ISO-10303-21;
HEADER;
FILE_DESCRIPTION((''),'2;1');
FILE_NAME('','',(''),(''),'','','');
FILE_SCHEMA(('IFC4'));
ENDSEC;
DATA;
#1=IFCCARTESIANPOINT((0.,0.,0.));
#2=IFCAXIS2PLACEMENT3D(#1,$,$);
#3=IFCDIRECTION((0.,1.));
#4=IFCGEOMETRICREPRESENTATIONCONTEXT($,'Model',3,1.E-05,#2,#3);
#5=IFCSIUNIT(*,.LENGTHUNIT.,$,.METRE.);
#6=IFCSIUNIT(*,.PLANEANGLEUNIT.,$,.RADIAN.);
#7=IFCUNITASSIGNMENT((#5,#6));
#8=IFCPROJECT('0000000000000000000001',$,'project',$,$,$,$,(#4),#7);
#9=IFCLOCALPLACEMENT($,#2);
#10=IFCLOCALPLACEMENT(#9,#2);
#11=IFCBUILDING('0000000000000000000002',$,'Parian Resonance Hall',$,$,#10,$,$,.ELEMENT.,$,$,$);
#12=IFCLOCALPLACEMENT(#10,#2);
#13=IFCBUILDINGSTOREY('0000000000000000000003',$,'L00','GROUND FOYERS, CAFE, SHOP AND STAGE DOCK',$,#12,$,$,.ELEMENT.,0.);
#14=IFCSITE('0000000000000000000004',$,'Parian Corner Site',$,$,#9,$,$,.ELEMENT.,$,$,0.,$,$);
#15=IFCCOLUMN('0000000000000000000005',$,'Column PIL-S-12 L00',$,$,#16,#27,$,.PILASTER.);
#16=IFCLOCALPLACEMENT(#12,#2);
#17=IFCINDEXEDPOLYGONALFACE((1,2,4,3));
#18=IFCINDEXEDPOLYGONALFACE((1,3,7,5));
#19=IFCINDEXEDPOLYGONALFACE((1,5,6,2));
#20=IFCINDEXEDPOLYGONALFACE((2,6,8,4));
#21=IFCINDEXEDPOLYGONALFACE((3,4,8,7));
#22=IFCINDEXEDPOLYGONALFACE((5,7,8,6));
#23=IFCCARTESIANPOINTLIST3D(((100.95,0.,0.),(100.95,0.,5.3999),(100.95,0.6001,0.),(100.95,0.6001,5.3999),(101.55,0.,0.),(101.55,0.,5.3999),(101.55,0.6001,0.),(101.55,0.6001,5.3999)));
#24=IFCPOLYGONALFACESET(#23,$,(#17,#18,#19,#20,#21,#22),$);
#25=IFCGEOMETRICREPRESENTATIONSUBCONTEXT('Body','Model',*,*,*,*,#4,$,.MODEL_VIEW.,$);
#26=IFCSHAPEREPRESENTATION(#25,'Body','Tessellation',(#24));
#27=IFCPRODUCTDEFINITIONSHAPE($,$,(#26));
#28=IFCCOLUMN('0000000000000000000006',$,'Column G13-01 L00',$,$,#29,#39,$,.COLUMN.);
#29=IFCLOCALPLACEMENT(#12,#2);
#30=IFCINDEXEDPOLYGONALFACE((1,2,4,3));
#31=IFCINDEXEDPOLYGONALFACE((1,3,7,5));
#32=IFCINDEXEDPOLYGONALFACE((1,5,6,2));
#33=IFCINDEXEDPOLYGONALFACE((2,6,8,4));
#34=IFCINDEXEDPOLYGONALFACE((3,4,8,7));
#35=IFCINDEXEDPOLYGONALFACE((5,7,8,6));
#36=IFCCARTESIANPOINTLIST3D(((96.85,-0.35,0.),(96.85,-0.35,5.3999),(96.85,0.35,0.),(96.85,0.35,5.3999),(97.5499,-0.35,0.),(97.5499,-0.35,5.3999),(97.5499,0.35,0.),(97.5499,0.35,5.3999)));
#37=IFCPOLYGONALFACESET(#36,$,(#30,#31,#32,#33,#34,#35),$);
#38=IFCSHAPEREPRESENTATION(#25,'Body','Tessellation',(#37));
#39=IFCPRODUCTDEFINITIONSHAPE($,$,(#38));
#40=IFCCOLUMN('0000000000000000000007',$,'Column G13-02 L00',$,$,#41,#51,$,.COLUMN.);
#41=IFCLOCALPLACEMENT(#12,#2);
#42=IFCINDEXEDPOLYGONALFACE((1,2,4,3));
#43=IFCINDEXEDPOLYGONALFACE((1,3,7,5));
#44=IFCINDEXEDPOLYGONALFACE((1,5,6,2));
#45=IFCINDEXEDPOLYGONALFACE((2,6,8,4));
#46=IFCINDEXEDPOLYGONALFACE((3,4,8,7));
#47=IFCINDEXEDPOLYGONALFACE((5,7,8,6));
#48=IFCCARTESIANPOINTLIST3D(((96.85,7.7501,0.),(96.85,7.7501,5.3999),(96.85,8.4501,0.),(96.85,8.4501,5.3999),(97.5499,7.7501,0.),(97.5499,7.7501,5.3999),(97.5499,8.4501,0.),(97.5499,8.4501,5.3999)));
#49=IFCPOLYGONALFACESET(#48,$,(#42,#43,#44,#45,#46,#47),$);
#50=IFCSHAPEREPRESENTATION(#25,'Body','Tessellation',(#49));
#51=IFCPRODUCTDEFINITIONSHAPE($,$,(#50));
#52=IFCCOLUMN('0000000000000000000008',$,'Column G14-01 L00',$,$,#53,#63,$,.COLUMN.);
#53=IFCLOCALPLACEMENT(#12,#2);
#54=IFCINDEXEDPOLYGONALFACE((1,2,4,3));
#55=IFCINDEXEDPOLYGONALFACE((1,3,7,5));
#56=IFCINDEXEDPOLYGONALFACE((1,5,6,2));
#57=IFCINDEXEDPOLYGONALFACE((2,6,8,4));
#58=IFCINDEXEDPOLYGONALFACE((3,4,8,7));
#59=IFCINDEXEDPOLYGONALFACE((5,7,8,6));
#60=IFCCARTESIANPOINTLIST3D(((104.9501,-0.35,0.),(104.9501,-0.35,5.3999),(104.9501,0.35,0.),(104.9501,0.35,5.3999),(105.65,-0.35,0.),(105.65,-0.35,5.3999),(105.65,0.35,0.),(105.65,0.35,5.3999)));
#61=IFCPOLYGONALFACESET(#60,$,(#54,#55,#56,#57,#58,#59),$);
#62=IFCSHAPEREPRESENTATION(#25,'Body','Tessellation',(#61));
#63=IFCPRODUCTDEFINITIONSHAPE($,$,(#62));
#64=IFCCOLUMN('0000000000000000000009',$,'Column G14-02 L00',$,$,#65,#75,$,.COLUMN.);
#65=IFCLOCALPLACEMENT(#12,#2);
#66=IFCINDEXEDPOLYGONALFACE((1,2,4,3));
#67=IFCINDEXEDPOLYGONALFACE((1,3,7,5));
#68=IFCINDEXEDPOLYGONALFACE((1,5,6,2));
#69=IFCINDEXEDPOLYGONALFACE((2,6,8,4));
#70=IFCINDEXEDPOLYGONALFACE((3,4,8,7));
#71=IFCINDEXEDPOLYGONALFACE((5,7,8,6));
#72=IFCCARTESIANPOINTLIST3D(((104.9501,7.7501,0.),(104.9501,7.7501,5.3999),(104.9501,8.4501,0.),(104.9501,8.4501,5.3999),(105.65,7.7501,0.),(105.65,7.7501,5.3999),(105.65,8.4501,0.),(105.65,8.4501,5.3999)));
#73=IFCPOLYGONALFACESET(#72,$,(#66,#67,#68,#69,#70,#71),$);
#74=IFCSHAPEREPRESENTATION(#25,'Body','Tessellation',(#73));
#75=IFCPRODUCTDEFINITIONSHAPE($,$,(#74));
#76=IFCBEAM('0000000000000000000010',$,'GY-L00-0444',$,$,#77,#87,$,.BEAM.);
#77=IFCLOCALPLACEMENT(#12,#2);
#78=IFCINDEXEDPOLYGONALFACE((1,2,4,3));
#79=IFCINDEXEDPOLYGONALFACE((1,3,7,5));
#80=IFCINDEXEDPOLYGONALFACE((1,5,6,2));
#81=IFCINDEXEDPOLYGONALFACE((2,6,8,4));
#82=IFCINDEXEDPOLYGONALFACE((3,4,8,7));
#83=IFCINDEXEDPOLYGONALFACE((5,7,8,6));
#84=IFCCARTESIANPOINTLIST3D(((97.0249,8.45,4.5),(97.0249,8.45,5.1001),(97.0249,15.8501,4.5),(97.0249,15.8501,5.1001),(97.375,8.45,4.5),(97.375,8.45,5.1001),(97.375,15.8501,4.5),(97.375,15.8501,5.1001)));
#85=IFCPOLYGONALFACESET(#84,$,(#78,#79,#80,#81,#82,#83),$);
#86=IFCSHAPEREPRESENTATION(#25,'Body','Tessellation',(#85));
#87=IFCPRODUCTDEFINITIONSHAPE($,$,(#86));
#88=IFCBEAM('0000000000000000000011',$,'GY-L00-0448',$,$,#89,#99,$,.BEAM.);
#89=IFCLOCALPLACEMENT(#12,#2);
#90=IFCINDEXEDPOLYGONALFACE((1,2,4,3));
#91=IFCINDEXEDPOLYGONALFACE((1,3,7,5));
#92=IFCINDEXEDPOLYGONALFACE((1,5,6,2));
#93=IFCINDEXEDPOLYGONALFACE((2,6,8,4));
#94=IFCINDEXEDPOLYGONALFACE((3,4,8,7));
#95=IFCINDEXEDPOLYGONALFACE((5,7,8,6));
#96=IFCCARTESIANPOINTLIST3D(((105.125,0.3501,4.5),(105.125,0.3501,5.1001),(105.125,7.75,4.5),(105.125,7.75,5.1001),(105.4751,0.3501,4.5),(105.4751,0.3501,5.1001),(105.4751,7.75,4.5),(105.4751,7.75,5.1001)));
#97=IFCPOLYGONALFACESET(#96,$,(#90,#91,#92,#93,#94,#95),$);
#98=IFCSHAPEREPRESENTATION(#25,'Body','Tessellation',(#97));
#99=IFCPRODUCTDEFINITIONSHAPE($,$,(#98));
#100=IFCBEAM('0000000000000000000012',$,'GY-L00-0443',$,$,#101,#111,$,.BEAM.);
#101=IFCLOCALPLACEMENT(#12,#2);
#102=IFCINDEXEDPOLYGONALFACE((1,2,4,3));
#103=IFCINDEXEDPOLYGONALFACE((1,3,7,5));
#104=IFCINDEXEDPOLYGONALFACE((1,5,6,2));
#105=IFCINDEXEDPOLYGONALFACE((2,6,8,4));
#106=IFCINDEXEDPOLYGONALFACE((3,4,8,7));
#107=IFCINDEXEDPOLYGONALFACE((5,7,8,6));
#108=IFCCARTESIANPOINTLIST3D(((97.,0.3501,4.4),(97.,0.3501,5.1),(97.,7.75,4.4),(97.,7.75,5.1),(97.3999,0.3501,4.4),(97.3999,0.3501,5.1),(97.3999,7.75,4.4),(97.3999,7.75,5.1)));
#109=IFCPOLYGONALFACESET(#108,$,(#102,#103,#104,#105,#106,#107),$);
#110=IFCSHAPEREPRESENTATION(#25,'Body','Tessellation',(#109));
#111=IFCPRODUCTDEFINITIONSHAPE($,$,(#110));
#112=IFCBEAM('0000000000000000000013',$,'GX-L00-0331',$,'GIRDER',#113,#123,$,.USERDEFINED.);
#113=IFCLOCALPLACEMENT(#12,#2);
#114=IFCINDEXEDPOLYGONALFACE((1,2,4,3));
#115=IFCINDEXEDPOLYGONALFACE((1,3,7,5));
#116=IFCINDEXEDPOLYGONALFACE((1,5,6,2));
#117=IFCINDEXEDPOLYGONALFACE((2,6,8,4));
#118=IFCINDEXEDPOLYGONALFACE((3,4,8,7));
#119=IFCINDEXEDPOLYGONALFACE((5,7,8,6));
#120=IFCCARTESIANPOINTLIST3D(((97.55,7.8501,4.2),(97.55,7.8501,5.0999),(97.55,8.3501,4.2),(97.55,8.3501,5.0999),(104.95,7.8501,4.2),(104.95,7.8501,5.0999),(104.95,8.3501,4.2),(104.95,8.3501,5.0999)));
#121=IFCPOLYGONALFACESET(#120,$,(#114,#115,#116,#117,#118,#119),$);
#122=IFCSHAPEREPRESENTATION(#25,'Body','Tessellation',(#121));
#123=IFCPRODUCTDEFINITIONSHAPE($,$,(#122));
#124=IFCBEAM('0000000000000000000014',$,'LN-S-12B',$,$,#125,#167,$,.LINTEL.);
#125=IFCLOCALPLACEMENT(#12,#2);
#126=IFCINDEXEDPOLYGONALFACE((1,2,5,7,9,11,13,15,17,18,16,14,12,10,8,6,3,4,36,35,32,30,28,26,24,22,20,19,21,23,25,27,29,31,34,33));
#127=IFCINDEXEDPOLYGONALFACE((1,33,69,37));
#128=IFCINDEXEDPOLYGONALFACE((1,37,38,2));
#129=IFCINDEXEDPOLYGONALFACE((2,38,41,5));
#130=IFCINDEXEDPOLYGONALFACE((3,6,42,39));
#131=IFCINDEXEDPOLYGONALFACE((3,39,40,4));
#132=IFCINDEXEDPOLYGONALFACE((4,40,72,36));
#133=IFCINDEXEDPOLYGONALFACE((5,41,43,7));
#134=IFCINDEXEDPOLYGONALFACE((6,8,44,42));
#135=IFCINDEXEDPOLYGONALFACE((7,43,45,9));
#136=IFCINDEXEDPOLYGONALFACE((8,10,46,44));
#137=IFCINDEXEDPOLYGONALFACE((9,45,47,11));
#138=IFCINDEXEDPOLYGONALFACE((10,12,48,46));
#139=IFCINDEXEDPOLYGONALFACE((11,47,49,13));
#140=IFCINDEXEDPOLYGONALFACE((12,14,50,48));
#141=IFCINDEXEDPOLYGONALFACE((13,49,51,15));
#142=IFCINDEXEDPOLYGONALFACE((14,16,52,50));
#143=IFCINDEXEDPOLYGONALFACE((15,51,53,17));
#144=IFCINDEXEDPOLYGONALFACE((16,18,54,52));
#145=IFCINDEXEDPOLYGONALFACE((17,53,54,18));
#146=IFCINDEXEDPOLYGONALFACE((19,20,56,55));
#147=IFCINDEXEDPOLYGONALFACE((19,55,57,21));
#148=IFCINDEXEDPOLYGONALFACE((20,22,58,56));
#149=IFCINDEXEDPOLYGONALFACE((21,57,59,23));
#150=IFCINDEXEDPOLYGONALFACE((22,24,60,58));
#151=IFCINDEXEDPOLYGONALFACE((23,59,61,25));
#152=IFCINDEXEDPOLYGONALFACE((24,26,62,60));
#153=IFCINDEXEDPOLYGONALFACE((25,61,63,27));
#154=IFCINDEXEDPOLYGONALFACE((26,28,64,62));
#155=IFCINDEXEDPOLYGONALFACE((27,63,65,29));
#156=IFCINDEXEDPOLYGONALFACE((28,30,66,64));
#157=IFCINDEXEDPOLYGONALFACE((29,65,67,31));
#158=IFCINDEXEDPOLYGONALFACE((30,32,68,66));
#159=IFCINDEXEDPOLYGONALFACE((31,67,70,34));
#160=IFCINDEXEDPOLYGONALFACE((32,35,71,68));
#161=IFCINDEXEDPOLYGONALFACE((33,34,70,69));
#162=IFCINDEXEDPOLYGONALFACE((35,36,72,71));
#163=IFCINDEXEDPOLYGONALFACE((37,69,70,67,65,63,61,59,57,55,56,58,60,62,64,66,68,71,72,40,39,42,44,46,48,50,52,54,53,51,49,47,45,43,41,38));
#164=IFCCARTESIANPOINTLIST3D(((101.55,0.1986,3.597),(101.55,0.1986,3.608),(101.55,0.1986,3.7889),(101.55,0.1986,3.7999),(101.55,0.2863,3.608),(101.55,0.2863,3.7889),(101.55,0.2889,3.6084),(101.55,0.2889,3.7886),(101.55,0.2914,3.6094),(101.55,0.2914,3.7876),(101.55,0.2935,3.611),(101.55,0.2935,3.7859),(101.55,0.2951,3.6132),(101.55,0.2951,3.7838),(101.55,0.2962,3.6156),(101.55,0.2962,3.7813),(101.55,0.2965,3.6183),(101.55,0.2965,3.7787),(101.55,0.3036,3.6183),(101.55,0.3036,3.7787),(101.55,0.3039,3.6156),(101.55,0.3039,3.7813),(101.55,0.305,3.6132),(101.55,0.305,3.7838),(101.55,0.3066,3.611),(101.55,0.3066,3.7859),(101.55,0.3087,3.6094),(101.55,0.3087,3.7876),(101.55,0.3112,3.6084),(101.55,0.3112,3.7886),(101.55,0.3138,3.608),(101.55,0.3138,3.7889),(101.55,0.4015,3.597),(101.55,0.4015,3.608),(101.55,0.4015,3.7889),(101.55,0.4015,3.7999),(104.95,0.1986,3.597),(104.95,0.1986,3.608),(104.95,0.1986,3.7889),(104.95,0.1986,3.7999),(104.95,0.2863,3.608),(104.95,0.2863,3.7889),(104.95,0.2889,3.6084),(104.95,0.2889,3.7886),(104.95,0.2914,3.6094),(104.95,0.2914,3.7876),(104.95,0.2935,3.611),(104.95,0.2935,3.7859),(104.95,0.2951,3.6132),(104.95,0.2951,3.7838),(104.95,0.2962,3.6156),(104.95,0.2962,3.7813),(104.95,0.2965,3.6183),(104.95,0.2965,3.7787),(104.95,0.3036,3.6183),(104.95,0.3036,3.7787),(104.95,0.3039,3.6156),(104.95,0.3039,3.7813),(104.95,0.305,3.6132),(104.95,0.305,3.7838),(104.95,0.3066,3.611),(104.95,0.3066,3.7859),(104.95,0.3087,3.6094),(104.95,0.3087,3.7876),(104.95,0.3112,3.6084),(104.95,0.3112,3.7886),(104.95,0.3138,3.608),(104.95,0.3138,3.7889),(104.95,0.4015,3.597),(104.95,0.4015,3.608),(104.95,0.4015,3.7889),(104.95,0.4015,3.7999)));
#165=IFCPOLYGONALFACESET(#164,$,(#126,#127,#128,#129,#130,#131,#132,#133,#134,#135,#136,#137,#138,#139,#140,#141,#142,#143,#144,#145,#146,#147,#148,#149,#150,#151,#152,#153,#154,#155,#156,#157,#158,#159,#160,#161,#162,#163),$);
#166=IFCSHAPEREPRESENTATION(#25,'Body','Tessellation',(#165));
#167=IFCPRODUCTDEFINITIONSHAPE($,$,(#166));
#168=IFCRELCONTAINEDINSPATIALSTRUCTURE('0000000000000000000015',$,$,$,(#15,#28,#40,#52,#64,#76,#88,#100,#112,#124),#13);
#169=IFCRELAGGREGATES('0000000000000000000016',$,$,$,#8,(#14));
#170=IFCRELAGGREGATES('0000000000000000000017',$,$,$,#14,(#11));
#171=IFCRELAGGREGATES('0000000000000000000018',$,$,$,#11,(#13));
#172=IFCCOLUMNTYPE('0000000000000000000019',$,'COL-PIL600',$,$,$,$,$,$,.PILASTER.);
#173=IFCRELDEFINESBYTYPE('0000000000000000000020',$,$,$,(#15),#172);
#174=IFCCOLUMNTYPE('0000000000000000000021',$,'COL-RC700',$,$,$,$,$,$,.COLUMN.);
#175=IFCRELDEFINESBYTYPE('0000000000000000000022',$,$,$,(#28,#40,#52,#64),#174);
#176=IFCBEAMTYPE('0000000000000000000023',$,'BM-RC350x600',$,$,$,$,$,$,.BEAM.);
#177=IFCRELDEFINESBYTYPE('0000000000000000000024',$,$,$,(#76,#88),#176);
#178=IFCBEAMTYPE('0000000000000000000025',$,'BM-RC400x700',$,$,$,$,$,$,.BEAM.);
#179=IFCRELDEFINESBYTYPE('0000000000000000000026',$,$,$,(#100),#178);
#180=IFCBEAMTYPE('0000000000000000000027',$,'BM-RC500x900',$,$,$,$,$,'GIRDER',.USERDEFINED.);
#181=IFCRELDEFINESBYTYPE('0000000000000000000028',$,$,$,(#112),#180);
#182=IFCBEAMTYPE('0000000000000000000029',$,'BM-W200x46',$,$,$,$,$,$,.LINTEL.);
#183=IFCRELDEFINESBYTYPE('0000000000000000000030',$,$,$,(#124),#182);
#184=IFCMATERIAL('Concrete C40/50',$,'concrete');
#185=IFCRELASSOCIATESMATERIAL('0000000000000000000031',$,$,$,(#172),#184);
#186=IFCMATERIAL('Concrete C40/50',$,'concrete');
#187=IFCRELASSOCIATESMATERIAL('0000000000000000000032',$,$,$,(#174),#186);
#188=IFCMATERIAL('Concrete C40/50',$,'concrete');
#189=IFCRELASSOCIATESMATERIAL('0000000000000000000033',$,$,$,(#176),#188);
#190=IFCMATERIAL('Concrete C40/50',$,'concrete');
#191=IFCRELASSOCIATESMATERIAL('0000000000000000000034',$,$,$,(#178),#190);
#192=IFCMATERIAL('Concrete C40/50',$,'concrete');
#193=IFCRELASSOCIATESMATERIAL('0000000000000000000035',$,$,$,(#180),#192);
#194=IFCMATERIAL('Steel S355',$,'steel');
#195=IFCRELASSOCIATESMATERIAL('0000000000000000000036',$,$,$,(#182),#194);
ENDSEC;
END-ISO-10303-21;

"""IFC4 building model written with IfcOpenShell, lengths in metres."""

from ifc_helpers import new_model, si_unit, direction, frame, origin, origin_2d, place, context, subcontext, project, spatial, rectangle, i_section, extrude, material, material_profile, profile_set, type_object, element, save


model = new_model("IFC4")

# Units and contexts
model_context = context("Model", 3, precision=1e-05, world=origin(), true_north=direction((0.0, 1.0)))
body_context = subcontext(model_context, "Body", "Model", "MODEL_VIEW")
ifc_project = project(units=[si_unit("LENGTHUNIT", "METRE"), si_unit("PLANEANGLEUNIT", "RADIAN")], contexts=[model_context])

# Site, building, storey
site_placement = place(None, origin())
site = spatial("IfcSite", under=ifc_project, at=site_placement, Name="Parian Corner Site", CompositionType="ELEMENT", RefElevation=0.0)
building_placement = place(site_placement, origin())
building = spatial("IfcBuilding", under=site, at=building_placement, Name="Parian Resonance Hall", CompositionType="ELEMENT")
storey_placement = place(building_placement, origin())
storey = spatial("IfcBuildingStorey", under=building, at=storey_placement, Name="L00", Description="GROUND FOYERS, CAFE, SHOP AND STAGE DOCK", CompositionType="ELEMENT", Elevation=0.0)

# Columns
ifc_material_1 = material(Name="Concrete C40/50", Category="concrete")
ifc_material_profile_1 = material_profile(ifc_material_1, rectangle(XDim=0.6001, YDim=0.6001, at=origin_2d()), Name="RC-COL-600x600")
ifc_profile_set_1 = profile_set([ifc_material_profile_1], Name="Concrete C40/50")
column_type_1 = type_object("IfcColumnType", Name="COL-PIL600", PredefinedType="PILASTER", material=ifc_profile_set_1)
column_placement = place(storey_placement, frame((101.25, 0.3, 0.0), z_axis=(0.0, 0.0, 1.0), x_axis=(1.0, 0.0, 0.0)))
element("IfcColumn", 1, at=column_placement, inside=storey, type_object=column_type_1, Name="Column PIL-S-12 L00", PredefinedType="PILASTER", context=body_context, shape_type="SweptSolid", body=[
    extrude(rectangle(XDim=0.6001, YDim=0.6001, at=origin_2d()), origin(), (0.0, 0.0, 1.0), 5.3999),
])
ifc_material_2 = material(Name="Concrete C40/50", Category="concrete")
ifc_material_profile_2 = material_profile(ifc_material_2, rectangle(XDim=0.7, YDim=0.7, at=origin_2d()), Name="RC-COL-700x700")
ifc_profile_set_2 = profile_set([ifc_material_profile_2], Name="Concrete C40/50")
column_type_2 = type_object("IfcColumnType", Name="COL-RC700", PredefinedType="COLUMN", material=ifc_profile_set_2)
for number, where, z_axis, x_axis, name in (
    (2, (97.2, 0.0, 0.0), (0.0, 0.0, 1.0), (1.0, 0.0, 0.0), "Column G13-01 L00"),
    (3, (97.2, 8.1001, 0.0), (0.0, 0.0, 1.0), (1.0, 0.0, 0.0), "Column G13-02 L00"),
    (4, (105.3, 0.0, 0.0), (0.0, 0.0, 1.0), (1.0, 0.0, 0.0), "Column G14-01 L00"),
    (5, (105.3, 8.1001, 0.0), (0.0, 0.0, 1.0), (1.0, 0.0, 0.0), "Column G14-02 L00"),
):
    element("IfcColumn", number, at=place(storey_placement, frame(where, z_axis=z_axis, x_axis=x_axis)), inside=storey, type_object=column_type_2, Name=name, PredefinedType="COLUMN", context=body_context, shape_type="SweptSolid", body=[
        extrude(rectangle(XDim=0.7, YDim=0.7, at=origin_2d()), origin(), (0.0, 0.0, 1.0), 5.3999),
    ])

# Beams
ifc_material_3 = material(Name="Concrete C40/50", Category="concrete")
ifc_material_profile_3 = material_profile(ifc_material_3, rectangle(XDim=0.3501, YDim=0.6001, at=origin_2d()), Name="RC-BM-350x600")
ifc_profile_set_3 = profile_set([ifc_material_profile_3], Name="Concrete C40/50")
beam_type_1 = type_object("IfcBeamType", Name="BM-RC350x600", PredefinedType="BEAM", material=ifc_profile_set_3)
beam_1_placement = place(storey_placement, frame((97.2, 8.45, 4.8), z_axis=(0.0, 1.0, 0.0), x_axis=(-1.0, 0.0, 0.0)))
element("IfcBeam", 6, at=beam_1_placement, inside=storey, type_object=beam_type_1, Name="GY-L00-0444", PredefinedType="BEAM", context=body_context, shape_type="SweptSolid", body=[
    extrude(rectangle(XDim=0.3501, YDim=0.6001, at=origin_2d()), origin(), (0.0, 0.0, 1.0), 7.4001),
])
beam_2_placement = place(storey_placement, frame((105.3, 0.3501, 4.8), z_axis=(0.0, 1.0, 0.0), x_axis=(-1.0, 0.0, 0.0)))
element("IfcBeam", 7, at=beam_2_placement, inside=storey, type_object=beam_type_1, Name="GY-L00-0448", PredefinedType="BEAM", context=body_context, shape_type="SweptSolid", body=[
    extrude(rectangle(XDim=0.3501, YDim=0.6001, at=origin_2d()), origin(), (0.0, 0.0, 1.0), 7.3999),
])
ifc_material_4 = material(Name="Concrete C40/50", Category="concrete")
ifc_material_profile_4 = material_profile(ifc_material_4, rectangle(XDim=0.3999, YDim=0.7, at=origin_2d()), Name="RC-BM-400x700")
ifc_profile_set_4 = profile_set([ifc_material_profile_4], Name="Concrete C40/50")
beam_type_2 = type_object("IfcBeamType", Name="BM-RC400x700", PredefinedType="BEAM", material=ifc_profile_set_4)
beam_3_placement = place(storey_placement, frame((97.2, 0.3501, 4.75), z_axis=(0.0, 1.0, 0.0), x_axis=(-1.0, 0.0, 0.0)))
element("IfcBeam", 8, at=beam_3_placement, inside=storey, type_object=beam_type_2, Name="GY-L00-0443", PredefinedType="BEAM", context=body_context, shape_type="SweptSolid", body=[
    extrude(rectangle(XDim=0.3999, YDim=0.7, at=origin_2d()), origin(), (0.0, 0.0, 1.0), 7.3999),
])
ifc_material_5 = material(Name="Concrete C40/50", Category="concrete")
ifc_material_profile_5 = material_profile(ifc_material_5, rectangle(XDim=0.5, YDim=0.8999, at=origin_2d()), Name="RC-BM-500x900")
ifc_profile_set_5 = profile_set([ifc_material_profile_5], Name="Concrete C40/50")
beam_type_3 = type_object("IfcBeamType", Name="BM-RC500x900", ElementType="GIRDER", PredefinedType="USERDEFINED", material=ifc_profile_set_5)
beam_4_placement = place(storey_placement, frame((97.55, 8.1001, 4.6499), z_axis=(1.0, 0.0, 0.0), x_axis=(0.0, 1.0, 0.0)))
element("IfcBeam", 9, at=beam_4_placement, inside=storey, type_object=beam_type_3, Name="GX-L00-0331", ObjectType="GIRDER", PredefinedType="USERDEFINED", context=body_context, shape_type="SweptSolid", body=[
    extrude(rectangle(XDim=0.5, YDim=0.8999, at=origin_2d()), origin(), (0.0, 0.0, 1.0), 7.3999),
])
ifc_material_6 = material(Name="Steel S355", Category="steel")
ifc_material_profile_6 = material_profile(ifc_material_6, i_section(OverallWidth=0.2029, OverallDepth=0.2029, WebThickness=0.0071, FlangeThickness=0.011, FilletRadius=0.0103, at=origin_2d()), Name="W200x46")
ifc_profile_set_6 = profile_set([ifc_material_profile_6], Name="Steel S355")
beam_type_4 = type_object("IfcBeamType", Name="BM-W200x46", PredefinedType="LINTEL", material=ifc_profile_set_6)
beam_5_placement = place(storey_placement, frame((101.55, 0.3, 3.6985), z_axis=(1.0, 0.0, 0.0), x_axis=(0.0, 1.0, 0.0)))
element("IfcBeam", 10, at=beam_5_placement, inside=storey, type_object=beam_type_4, Name="LN-S-12B", PredefinedType="LINTEL", context=body_context, shape_type="SweptSolid", body=[
    extrude(i_section(OverallWidth=0.2029, OverallDepth=0.2029, WebThickness=0.0071, FlangeThickness=0.011, FilletRadius=0.0103, at=origin_2d()), origin(), (0.0, 0.0, 1.0), 3.3999),
])

save(model, "model.ifc")
